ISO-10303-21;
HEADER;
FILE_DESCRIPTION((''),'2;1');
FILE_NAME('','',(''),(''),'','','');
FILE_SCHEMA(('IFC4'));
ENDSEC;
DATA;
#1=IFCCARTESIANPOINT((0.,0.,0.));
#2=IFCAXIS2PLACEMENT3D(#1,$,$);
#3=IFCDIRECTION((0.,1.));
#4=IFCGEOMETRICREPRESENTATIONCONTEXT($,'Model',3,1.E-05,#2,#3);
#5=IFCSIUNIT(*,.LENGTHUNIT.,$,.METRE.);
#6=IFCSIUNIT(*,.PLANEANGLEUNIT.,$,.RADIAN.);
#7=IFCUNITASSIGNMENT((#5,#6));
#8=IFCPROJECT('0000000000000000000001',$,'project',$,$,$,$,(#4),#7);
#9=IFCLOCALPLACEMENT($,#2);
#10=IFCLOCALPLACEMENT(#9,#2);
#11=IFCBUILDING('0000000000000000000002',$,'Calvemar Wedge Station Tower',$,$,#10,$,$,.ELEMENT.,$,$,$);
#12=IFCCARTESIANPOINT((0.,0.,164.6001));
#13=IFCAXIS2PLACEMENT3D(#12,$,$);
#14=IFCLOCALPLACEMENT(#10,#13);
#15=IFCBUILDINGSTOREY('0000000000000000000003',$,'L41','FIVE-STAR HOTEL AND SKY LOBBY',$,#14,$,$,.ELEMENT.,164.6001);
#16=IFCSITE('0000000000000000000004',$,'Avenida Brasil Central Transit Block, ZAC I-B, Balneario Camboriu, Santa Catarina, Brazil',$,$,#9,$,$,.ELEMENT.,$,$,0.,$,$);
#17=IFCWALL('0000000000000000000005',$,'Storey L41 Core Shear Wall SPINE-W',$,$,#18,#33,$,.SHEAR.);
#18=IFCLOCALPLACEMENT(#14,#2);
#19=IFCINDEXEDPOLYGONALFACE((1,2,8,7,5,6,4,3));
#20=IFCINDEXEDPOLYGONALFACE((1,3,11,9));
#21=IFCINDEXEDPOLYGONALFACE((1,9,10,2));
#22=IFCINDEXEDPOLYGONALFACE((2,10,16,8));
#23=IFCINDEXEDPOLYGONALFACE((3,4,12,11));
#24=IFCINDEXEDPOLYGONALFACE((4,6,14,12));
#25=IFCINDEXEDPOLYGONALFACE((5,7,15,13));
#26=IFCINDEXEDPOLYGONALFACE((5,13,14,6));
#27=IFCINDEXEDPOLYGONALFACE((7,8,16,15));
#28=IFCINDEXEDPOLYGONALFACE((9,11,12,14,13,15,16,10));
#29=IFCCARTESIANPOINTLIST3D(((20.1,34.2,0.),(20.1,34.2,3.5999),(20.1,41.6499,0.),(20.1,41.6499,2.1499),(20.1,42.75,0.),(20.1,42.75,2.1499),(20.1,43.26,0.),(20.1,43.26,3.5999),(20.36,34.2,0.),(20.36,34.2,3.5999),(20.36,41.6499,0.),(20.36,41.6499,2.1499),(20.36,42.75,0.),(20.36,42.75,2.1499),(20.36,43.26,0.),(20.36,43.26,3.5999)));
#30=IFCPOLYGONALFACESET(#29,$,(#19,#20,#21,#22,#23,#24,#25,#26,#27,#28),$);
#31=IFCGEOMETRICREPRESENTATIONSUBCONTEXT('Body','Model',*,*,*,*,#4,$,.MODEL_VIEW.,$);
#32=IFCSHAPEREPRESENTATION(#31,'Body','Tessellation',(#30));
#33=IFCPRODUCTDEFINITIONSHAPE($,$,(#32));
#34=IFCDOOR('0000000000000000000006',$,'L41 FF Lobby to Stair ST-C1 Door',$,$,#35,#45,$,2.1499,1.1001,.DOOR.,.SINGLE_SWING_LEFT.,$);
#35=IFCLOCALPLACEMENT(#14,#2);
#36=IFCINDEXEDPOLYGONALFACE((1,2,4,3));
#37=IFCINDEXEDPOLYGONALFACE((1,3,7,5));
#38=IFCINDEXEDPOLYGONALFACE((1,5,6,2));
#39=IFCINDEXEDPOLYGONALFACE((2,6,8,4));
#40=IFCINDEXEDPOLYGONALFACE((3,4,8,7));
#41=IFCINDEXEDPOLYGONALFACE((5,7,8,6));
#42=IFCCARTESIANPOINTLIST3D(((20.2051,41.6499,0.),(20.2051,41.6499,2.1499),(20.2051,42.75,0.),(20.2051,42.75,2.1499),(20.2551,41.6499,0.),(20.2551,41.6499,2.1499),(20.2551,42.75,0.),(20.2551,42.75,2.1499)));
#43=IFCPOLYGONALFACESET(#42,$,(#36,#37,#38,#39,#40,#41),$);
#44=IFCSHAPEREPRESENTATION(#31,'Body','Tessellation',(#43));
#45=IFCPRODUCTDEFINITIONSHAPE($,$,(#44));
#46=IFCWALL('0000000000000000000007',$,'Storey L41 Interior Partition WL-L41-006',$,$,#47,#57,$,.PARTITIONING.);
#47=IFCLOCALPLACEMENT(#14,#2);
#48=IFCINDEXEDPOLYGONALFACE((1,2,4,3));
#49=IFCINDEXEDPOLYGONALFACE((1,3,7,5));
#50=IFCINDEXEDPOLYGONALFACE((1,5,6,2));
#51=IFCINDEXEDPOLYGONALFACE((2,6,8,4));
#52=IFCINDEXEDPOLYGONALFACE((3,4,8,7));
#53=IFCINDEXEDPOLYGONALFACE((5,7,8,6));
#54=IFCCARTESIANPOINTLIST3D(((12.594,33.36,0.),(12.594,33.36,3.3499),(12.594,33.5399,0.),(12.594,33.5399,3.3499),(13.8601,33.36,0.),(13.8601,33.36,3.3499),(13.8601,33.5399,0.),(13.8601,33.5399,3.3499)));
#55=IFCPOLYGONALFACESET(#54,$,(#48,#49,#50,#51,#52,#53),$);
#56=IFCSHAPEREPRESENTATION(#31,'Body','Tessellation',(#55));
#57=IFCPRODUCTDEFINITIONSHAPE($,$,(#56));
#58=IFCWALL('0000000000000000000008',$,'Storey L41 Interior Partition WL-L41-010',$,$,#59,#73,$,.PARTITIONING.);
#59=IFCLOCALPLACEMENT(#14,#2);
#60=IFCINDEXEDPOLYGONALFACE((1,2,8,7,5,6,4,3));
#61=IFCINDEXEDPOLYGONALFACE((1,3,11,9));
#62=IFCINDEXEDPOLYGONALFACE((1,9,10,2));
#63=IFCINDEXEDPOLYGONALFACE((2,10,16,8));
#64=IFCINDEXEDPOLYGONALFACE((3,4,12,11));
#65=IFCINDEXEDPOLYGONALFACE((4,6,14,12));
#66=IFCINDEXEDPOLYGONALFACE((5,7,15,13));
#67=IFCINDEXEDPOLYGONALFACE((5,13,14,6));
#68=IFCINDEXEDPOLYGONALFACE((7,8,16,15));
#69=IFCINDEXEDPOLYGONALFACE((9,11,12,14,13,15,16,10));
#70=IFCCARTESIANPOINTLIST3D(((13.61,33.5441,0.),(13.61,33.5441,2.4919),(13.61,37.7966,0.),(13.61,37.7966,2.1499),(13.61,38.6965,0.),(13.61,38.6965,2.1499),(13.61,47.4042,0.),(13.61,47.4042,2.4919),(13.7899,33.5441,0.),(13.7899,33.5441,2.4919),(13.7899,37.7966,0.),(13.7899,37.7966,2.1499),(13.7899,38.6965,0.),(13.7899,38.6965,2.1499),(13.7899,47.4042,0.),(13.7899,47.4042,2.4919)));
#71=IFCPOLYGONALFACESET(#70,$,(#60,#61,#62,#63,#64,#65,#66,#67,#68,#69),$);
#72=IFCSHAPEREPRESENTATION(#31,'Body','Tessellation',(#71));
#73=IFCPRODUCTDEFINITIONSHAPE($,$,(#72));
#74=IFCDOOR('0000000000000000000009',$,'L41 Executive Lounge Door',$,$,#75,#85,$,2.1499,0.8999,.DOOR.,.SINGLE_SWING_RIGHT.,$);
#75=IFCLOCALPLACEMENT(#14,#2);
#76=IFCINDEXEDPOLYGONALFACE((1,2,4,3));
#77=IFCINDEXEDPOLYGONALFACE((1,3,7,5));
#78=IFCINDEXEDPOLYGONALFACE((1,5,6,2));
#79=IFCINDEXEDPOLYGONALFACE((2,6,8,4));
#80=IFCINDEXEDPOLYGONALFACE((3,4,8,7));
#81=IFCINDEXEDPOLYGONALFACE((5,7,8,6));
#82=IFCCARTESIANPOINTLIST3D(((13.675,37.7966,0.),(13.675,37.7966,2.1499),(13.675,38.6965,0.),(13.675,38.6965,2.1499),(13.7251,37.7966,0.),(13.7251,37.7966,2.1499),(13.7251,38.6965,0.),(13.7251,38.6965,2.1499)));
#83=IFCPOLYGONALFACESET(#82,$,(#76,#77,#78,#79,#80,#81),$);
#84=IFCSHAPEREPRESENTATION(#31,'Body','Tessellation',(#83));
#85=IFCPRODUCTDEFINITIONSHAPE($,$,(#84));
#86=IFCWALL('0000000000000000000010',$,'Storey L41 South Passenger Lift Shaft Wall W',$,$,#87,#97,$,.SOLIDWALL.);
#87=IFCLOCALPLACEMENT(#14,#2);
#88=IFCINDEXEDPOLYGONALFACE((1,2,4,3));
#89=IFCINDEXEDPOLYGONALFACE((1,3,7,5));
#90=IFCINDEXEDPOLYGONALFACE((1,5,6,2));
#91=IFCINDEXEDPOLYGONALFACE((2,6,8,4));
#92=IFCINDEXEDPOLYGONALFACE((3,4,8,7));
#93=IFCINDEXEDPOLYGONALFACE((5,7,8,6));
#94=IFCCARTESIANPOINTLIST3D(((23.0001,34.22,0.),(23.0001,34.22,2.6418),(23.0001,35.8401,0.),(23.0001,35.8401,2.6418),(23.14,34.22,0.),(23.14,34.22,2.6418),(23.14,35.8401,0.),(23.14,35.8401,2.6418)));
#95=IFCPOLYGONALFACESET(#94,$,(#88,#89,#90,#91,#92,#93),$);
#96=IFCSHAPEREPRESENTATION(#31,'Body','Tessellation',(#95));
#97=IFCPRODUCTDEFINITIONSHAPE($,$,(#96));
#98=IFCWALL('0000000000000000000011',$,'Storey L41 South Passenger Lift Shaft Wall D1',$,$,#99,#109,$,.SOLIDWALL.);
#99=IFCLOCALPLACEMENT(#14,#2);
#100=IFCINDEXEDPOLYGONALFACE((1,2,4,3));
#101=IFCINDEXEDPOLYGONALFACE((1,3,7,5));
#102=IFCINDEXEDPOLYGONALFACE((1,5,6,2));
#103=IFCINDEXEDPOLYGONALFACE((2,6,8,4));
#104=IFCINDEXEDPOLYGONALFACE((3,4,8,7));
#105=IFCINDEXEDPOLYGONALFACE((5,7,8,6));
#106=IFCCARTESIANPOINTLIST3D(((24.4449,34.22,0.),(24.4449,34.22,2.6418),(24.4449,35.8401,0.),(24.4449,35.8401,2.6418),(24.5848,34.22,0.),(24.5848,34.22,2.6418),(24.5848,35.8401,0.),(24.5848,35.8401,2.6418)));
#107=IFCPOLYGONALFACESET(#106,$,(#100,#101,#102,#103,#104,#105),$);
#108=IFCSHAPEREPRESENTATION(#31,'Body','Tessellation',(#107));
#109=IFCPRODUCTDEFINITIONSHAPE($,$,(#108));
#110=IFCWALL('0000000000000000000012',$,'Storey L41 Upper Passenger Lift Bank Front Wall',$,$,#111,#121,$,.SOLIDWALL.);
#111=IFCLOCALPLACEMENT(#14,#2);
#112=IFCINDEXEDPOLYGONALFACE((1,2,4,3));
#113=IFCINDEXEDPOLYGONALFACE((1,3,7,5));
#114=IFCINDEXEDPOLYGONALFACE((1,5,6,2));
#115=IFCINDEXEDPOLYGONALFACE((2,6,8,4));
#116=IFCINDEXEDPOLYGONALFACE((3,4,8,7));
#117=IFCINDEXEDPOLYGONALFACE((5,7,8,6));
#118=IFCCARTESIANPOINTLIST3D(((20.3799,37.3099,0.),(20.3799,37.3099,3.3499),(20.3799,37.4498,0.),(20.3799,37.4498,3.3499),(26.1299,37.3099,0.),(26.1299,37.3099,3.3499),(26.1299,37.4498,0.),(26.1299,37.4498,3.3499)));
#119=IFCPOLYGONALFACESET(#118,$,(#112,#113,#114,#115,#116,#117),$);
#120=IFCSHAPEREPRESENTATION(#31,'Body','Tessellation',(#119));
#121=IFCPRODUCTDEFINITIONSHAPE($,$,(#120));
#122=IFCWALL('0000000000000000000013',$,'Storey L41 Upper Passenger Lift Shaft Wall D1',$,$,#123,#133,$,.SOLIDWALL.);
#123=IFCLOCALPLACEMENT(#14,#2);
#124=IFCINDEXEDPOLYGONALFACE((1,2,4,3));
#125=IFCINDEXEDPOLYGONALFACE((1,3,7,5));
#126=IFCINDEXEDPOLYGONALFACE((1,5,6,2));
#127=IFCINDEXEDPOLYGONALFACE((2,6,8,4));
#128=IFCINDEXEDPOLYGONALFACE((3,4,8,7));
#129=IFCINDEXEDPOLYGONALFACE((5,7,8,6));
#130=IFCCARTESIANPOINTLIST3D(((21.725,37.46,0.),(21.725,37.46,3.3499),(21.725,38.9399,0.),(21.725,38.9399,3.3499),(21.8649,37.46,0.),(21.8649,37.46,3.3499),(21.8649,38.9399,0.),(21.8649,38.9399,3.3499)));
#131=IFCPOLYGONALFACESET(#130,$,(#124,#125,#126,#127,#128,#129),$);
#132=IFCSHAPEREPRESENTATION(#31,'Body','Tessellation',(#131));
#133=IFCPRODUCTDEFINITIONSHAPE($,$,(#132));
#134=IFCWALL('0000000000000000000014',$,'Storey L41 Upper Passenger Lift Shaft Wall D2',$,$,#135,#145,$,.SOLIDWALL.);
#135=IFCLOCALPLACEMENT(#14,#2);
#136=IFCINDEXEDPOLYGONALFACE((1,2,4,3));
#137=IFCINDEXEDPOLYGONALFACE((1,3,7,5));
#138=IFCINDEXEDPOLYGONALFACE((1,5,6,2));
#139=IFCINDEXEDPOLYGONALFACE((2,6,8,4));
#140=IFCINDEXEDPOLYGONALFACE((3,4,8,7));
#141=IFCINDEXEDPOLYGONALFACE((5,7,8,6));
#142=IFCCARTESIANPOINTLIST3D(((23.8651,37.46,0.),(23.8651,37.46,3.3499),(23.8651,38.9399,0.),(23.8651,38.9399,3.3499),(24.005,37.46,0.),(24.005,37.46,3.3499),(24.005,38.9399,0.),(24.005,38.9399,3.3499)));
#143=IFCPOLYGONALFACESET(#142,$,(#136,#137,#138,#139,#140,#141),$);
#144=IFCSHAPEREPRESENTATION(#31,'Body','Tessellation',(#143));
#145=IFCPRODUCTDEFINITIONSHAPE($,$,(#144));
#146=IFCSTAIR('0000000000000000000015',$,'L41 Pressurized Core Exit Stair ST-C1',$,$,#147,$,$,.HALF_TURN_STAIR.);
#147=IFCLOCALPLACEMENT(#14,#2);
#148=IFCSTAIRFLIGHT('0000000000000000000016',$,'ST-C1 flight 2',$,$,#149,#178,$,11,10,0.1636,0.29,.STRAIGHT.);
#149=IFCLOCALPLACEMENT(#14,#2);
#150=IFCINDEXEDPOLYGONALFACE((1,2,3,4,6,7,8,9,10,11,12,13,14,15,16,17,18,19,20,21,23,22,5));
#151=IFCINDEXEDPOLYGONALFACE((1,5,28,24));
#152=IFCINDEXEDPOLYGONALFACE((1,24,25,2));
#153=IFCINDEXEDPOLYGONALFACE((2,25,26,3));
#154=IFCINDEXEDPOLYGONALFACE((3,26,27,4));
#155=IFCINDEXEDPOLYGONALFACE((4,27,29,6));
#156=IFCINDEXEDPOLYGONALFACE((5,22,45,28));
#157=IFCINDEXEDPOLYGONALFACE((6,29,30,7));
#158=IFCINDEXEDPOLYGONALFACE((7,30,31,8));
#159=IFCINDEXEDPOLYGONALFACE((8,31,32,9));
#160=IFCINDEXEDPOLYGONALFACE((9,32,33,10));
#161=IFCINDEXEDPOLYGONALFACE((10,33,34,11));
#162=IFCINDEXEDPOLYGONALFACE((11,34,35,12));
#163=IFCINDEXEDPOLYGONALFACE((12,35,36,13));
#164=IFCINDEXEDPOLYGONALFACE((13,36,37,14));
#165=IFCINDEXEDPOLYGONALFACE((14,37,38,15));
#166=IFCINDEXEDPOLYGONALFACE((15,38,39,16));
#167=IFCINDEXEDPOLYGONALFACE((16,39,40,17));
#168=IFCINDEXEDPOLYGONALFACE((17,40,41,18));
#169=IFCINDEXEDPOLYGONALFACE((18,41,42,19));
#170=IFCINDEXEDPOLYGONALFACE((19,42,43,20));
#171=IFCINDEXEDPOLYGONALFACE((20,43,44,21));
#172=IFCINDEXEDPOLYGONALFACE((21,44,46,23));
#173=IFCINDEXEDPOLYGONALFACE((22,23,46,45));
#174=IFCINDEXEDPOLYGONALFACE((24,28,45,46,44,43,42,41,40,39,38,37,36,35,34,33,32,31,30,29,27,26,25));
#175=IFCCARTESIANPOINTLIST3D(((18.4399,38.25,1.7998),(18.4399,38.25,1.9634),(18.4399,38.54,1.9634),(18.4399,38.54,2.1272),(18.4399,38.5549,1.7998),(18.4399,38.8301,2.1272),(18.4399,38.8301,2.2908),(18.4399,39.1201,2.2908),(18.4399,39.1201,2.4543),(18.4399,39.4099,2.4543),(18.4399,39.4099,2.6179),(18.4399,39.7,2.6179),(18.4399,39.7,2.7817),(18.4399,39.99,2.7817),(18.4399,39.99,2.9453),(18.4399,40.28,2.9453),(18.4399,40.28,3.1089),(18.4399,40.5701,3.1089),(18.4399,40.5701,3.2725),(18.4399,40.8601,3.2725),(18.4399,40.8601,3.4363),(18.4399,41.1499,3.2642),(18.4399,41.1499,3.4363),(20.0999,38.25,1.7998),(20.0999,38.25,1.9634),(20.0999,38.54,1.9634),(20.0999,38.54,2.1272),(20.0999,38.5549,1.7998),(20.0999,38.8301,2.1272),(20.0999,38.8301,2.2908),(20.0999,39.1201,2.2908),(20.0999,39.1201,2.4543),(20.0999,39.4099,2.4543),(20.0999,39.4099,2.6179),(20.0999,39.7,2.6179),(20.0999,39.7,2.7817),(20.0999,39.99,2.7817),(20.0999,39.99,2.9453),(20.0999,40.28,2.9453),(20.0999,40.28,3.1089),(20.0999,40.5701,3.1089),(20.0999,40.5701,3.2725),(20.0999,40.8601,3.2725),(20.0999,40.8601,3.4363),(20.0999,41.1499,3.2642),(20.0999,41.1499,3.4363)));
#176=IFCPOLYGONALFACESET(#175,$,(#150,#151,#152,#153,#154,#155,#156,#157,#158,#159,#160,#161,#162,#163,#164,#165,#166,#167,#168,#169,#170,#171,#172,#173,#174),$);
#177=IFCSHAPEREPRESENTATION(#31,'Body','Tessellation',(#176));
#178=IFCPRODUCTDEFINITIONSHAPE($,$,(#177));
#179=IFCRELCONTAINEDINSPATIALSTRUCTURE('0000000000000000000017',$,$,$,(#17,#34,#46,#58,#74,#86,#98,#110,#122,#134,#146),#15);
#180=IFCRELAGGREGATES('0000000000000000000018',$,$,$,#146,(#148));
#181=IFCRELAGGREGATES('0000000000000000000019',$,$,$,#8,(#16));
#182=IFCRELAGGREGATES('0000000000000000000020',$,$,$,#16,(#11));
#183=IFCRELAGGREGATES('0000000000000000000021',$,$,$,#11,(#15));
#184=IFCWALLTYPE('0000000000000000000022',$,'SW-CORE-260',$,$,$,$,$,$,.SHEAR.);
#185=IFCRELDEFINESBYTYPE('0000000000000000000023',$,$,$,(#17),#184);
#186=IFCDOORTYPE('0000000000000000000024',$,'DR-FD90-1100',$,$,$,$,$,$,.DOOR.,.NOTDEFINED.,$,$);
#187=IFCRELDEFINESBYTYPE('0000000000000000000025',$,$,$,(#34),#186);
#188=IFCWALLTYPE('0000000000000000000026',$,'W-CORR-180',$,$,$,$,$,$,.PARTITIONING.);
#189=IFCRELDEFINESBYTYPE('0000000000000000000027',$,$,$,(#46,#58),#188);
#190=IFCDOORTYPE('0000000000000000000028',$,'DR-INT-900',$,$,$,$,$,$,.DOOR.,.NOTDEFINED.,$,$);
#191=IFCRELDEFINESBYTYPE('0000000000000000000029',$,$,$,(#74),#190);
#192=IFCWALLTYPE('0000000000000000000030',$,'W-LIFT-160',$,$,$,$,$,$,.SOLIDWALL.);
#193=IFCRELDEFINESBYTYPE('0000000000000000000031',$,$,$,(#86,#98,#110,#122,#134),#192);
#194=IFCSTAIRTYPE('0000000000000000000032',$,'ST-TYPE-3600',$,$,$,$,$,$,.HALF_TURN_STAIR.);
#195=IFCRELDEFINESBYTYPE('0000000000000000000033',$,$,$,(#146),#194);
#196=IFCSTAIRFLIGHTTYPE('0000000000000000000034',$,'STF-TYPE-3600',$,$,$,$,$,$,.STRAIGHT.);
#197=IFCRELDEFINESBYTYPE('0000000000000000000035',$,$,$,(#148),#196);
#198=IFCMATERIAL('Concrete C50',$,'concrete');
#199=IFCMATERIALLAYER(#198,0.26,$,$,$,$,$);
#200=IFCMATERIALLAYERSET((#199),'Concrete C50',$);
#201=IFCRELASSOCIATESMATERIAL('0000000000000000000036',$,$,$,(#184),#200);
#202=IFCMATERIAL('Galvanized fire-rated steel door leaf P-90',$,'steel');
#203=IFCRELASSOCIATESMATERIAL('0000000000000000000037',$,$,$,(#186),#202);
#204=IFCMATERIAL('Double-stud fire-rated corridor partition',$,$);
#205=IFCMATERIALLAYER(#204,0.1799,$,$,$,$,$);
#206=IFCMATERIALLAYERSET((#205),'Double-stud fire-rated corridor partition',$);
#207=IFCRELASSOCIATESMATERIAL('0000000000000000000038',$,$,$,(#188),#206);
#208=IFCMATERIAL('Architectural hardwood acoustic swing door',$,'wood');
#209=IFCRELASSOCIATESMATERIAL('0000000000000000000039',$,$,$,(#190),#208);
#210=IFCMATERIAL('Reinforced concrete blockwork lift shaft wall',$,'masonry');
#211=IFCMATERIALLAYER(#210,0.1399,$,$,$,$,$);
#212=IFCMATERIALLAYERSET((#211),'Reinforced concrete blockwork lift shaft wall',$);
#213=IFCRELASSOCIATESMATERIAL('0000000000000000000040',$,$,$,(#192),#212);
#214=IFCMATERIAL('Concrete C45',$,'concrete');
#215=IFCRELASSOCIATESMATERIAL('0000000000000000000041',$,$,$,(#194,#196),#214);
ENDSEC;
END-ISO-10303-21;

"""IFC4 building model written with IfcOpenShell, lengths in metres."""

from ifc_helpers import new_model, si_unit, direction, frame, frame_2d, origin, place, context, subcontext, project, spatial, polyline, rectangle, outline, extrude, source, transform, mapped, material, layer, layer_set, type_object, element, fill, aggregate, save


model = new_model("IFC4")

# Units and contexts
model_context = context("Model", 3, precision=1e-05, world=origin(), true_north=direction((0.0, 1.0)))
body_context = subcontext(model_context, "Body", "Model", "MODEL_VIEW")
ifc_project = project(units=[si_unit("LENGTHUNIT", "METRE"), si_unit("PLANEANGLEUNIT", "RADIAN")], contexts=[model_context])

# Site, building, storey
site_placement = place(None, origin())
site = spatial("IfcSite", under=ifc_project, at=site_placement, Name="Avenida Brasil Central Transit Block, ZAC I-B, Balneario Camboriu, Santa Catarina, Brazil", CompositionType="ELEMENT", RefElevation=0.0)
building_placement = place(site_placement, origin())
building = spatial("IfcBuilding", under=site, at=building_placement, Name="Calvemar Wedge Station Tower", CompositionType="ELEMENT")
storey_placement = place(building_placement, frame((0.0, 0.0, 164.6001)))
storey = spatial("IfcBuildingStorey", under=building, at=storey_placement, Name="L41", Description="FIVE-STAR HOTEL AND SKY LOBBY", CompositionType="ELEMENT", Elevation=164.6001)

# Wall, opening, door
ifc_material_1 = material(Name="Concrete C50", Category="concrete")
ifc_layer_1 = layer(ifc_material_1, 0.26)
ifc_layer_set_1 = layer_set([ifc_layer_1], Name="Concrete C50")
wall_type_1 = type_object("IfcWallType", Name="SW-CORE-260", PredefinedType="SHEAR", material=ifc_layer_set_1)
wall_1_placement = place(storey_placement, frame((20.23, 34.2, 0.0), z_axis=(0.0, 0.0, 1.0), x_axis=(0.0, 1.0, 0.0)))
wall_1 = element("IfcWall", 1, at=wall_1_placement, inside=storey, type_object=wall_type_1, Name="Storey L41 Core Shear Wall SPINE-W", PredefinedType="SHEAR", context=body_context, shape_type="SweptSolid", body=[
    extrude(rectangle(XDim=9.0601, YDim=0.26, at=frame_2d((4.53, 0.0))), origin(), (0.0, 0.0, 1.0), 3.5999),
])
shared_shape_1 = source(origin(), body_context, "Body", "SweptSolid", [
    extrude(rectangle(XDim=1.1001, YDim=2.1499, at=frame_2d((0.55, 1.075))), frame((0.0, 0.1401, 0.0), z_axis=(0.0, -1.0, 0.0), x_axis=(1.0, 0.0, 0.0)), (0.0, 0.0, 1.0), 0.28),
])
opening_1_placement = place(wall_1_placement, frame((7.45, 0.0, 0.0)))
opening_1 = element("IfcOpeningElement", 2, at=opening_1_placement, cuts=wall_1, PredefinedType="OPENING", context=body_context, shape_type="MappedRepresentation", body=[
    mapped(shared_shape_1, transform((0.0, 0.0, 0.0), scale=1.0)),
])
ifc_material_2 = material(Name="Galvanized fire-rated steel door leaf P-90", Category="steel")
door_type_1 = type_object("IfcDoorType", Name="DR-FD90-1100", OperationType="NOTDEFINED", PredefinedType="DOOR", material=ifc_material_2)
shared_shape_2 = source(origin(), body_context, "Body", "SweptSolid", [
    extrude(rectangle(XDim=1.1001, YDim=2.1499, at=frame_2d((0.55, 1.075))), frame((0.0, 0.0249, 0.0), z_axis=(0.0, -1.0, 0.0), x_axis=(1.0, 0.0, 0.0)), (0.0, 0.0, 1.0), 0.05),
])
door_1_placement = place(opening_1_placement, origin())
door_1 = element("IfcDoor", 3, at=door_1_placement, inside=storey, type_object=door_type_1, Name="L41 FF Lobby to Stair ST-C1 Door", OperationType="SINGLE_SWING_LEFT", OverallHeight=2.1499, OverallWidth=1.1001, PredefinedType="DOOR", context=body_context, shape_type="MappedRepresentation", body=[
    mapped(shared_shape_2, transform((0.0, 0.0, 0.0), scale=1.0)),
])
fill(opening_1, door_1)
ifc_material_3 = material(Name="Double-stud fire-rated corridor partition")
ifc_layer_2 = layer(ifc_material_3, 0.1799)
ifc_layer_set_2 = layer_set([ifc_layer_2], Name="Double-stud fire-rated corridor partition")
wall_type_2 = type_object("IfcWallType", Name="W-CORR-180", PredefinedType="PARTITIONING", material=ifc_layer_set_2)
shared_shape_3 = source(origin(), body_context, "Body", "SweptSolid", [
    extrude(rectangle(XDim=0.8999, YDim=2.1499, at=frame_2d((0.45, 1.075))), frame((0.0, 0.1001, 0.0), z_axis=(0.0, -1.0, 0.0), x_axis=(1.0, 0.0, 0.0)), (0.0, 0.0, 1.0), 0.2),
])

# Wall
wall_2_placement = place(storey_placement, frame((12.594, 33.45, 0.0), z_axis=(0.0, 0.0, 1.0), x_axis=(1.0, 0.0, 0.0)))
element("IfcWall", 4, at=wall_2_placement, inside=storey, type_object=wall_type_2, Name="Storey L41 Interior Partition WL-L41-006", PredefinedType="PARTITIONING", context=body_context, shape_type="SweptSolid", body=[
    extrude(rectangle(XDim=1.2661, YDim=0.1799, at=frame_2d((0.6331, 0.0))), origin(), (0.0, 0.0, 1.0), 3.3499),
])

# Wall, opening, door
wall_3_placement = place(storey_placement, frame((13.7, 33.5439, 0.0), z_axis=(0.0, 0.0, 1.0), x_axis=(0.0, 1.0, 0.0)))
wall_3 = element("IfcWall", 5, at=wall_3_placement, inside=storey, type_object=wall_type_2, Name="Storey L41 Interior Partition WL-L41-010", PredefinedType="PARTITIONING", context=body_context, shape_type="SweptSolid", body=[
    extrude(rectangle(XDim=13.8601, YDim=0.1799, at=frame_2d((6.9302, 0.0))), origin(), (0.0, 0.0, 1.0), 2.4919),
])
opening_2_placement = place(wall_3_placement, frame((4.2527, 0.0, 0.0)))
opening_2 = element("IfcOpeningElement", 6, at=opening_2_placement, cuts=wall_3, PredefinedType="OPENING", context=body_context, shape_type="MappedRepresentation", body=[
    mapped(shared_shape_3, transform((0.0, 0.0, 0.0), scale=1.0)),
])
ifc_material_4 = material(Name="Architectural hardwood acoustic swing door", Category="wood")
door_type_2 = type_object("IfcDoorType", Name="DR-INT-900", OperationType="NOTDEFINED", PredefinedType="DOOR", material=ifc_material_4)
shared_shape_4 = source(origin(), body_context, "Body", "SweptSolid", [
    extrude(rectangle(XDim=0.8999, YDim=2.1499, at=frame_2d((0.45, 1.075))), frame((0.0, 0.0249, 0.0), z_axis=(0.0, -1.0, 0.0), x_axis=(1.0, 0.0, 0.0)), (0.0, 0.0, 1.0), 0.05),
])
door_2_placement = place(opening_2_placement, origin())
door_2 = element("IfcDoor", 7, at=door_2_placement, inside=storey, type_object=door_type_2, Name="L41 Executive Lounge Door", OperationType="SINGLE_SWING_RIGHT", OverallHeight=2.1499, OverallWidth=0.8999, PredefinedType="DOOR", context=body_context, shape_type="MappedRepresentation", body=[
    mapped(shared_shape_4, transform((0.0, 0.0, 0.0), scale=1.0)),
])
fill(opening_2, door_2)

# Shared definitions
ifc_material_5 = material(Name="Reinforced concrete blockwork lift shaft wall", Category="masonry")
ifc_layer_3 = layer(ifc_material_5, 0.1399)
ifc_layer_set_3 = layer_set([ifc_layer_3], Name="Reinforced concrete blockwork lift shaft wall")
wall_type_3 = type_object("IfcWallType", Name="W-LIFT-160", PredefinedType="SOLIDWALL", material=ifc_layer_set_3)

# Walls
for number, where, z_axis, x_axis, name in (
    (8, (23.0701, 34.22, 0.0), (0.0, 0.0, 1.0), (0.0, 1.0, 0.0), "Storey L41 South Passenger Lift Shaft Wall W"),
    (9, (24.5149, 34.22, 0.0), (0.0, 0.0, 1.0), (0.0, 1.0, 0.0), "Storey L41 South Passenger Lift Shaft Wall D1"),
):
    element("IfcWall", number, at=place(storey_placement, frame(where, z_axis=z_axis, x_axis=x_axis)), inside=storey, type_object=wall_type_3, Name=name, PredefinedType="SOLIDWALL", context=body_context, shape_type="SweptSolid", body=[
        extrude(rectangle(XDim=1.6201, YDim=0.1399, at=frame_2d((0.8101, 0.0))), origin(), (0.0, 0.0, 1.0), 2.6418),
    ])
wall_4_placement = place(storey_placement, frame((20.3799, 37.3799, 0.0), z_axis=(0.0, 0.0, 1.0), x_axis=(1.0, 0.0, 0.0)))
element("IfcWall", 10, at=wall_4_placement, inside=storey, type_object=wall_type_3, Name="Storey L41 Upper Passenger Lift Bank Front Wall", PredefinedType="SOLIDWALL", context=body_context, shape_type="SweptSolid", body=[
    extrude(rectangle(XDim=5.75, YDim=0.1399, at=frame_2d((2.875, 0.0))), origin(), (0.0, 0.0, 1.0), 3.3499),
])
for number, where, z_axis, x_axis, name in (
    (11, (21.7949, 37.46, 0.0), (0.0, 0.0, 1.0), (0.0, 1.0, 0.0), "Storey L41 Upper Passenger Lift Shaft Wall D1"),
    (12, (23.9351, 37.46, 0.0), (0.0, 0.0, 1.0), (0.0, 1.0, 0.0), "Storey L41 Upper Passenger Lift Shaft Wall D2"),
):
    element("IfcWall", number, at=place(storey_placement, frame(where, z_axis=z_axis, x_axis=x_axis)), inside=storey, type_object=wall_type_3, Name=name, PredefinedType="SOLIDWALL", context=body_context, shape_type="SweptSolid", body=[
        extrude(rectangle(XDim=1.48, YDim=0.1399, at=frame_2d((0.74, 0.0))), origin(), (0.0, 0.0, 1.0), 3.3499),
    ])

# Stair, stair flight
ifc_material_6 = material(Name="Concrete C45", Category="concrete")
stair_type = type_object("IfcStairType", Name="ST-TYPE-3600", PredefinedType="HALF_TURN_STAIR", material=ifc_material_6)
stair_placement = place(storey_placement, origin())
stair = element("IfcStair", 13, at=stair_placement, inside=storey, type_object=stair_type, Name="L41 Pressurized Core Exit Stair ST-C1", PredefinedType="HALF_TURN_STAIR")
stair_flight_type = type_object("IfcStairFlightType", Name="STF-TYPE-3600", PredefinedType="STRAIGHT", material=ifc_material_6)
stair_flight_placement = place(storey_placement, frame((19.27, 38.25, 1.7998), z_axis=(0.0, 0.0, 1.0), x_axis=(0.0, 1.0, 0.0)))
stair_flight = element("IfcStairFlight", 14, at=stair_flight_placement, type_object=stair_flight_type, Name="ST-C1 flight 2", NumberOfRisers=11, NumberOfTreads=10, PredefinedType="STRAIGHT", RiserHeight=0.1636, TreadLength=0.29, context=body_context, shape_type="SweptSolid", body=[
    extrude(outline(polyline([(0.0, 0.0), (0.0, 0.1636), (0.29, 0.1636), (0.29, 0.3274), (0.5801, 0.3274), (0.5801, 0.491), (0.8701, 0.491), (0.8701, 0.6545), (1.1599, 0.6545), (1.1599, 0.8181), (1.45, 0.8181), (1.45, 0.9819), (1.74, 0.9819), (1.74, 1.1455), (2.03, 1.1455), (2.03, 1.3091), (2.3201, 1.3091), (2.3201, 1.4727), (2.6101, 1.4727), (2.6101, 1.6365), (2.8999, 1.6365), (2.8999, 1.8), (2.8999, 1.4644), (0.3049, 0.0), (0.0, 0.0)])), frame((0.0, 0.8301, 0.0), z_axis=(0.0, -1.0, 0.0), x_axis=(1.0, 0.0, 0.0)), (0.0, 0.0, 1.0), 1.6599),
])
aggregate(stair, [stair_flight])

save(model, "model.ifc")
